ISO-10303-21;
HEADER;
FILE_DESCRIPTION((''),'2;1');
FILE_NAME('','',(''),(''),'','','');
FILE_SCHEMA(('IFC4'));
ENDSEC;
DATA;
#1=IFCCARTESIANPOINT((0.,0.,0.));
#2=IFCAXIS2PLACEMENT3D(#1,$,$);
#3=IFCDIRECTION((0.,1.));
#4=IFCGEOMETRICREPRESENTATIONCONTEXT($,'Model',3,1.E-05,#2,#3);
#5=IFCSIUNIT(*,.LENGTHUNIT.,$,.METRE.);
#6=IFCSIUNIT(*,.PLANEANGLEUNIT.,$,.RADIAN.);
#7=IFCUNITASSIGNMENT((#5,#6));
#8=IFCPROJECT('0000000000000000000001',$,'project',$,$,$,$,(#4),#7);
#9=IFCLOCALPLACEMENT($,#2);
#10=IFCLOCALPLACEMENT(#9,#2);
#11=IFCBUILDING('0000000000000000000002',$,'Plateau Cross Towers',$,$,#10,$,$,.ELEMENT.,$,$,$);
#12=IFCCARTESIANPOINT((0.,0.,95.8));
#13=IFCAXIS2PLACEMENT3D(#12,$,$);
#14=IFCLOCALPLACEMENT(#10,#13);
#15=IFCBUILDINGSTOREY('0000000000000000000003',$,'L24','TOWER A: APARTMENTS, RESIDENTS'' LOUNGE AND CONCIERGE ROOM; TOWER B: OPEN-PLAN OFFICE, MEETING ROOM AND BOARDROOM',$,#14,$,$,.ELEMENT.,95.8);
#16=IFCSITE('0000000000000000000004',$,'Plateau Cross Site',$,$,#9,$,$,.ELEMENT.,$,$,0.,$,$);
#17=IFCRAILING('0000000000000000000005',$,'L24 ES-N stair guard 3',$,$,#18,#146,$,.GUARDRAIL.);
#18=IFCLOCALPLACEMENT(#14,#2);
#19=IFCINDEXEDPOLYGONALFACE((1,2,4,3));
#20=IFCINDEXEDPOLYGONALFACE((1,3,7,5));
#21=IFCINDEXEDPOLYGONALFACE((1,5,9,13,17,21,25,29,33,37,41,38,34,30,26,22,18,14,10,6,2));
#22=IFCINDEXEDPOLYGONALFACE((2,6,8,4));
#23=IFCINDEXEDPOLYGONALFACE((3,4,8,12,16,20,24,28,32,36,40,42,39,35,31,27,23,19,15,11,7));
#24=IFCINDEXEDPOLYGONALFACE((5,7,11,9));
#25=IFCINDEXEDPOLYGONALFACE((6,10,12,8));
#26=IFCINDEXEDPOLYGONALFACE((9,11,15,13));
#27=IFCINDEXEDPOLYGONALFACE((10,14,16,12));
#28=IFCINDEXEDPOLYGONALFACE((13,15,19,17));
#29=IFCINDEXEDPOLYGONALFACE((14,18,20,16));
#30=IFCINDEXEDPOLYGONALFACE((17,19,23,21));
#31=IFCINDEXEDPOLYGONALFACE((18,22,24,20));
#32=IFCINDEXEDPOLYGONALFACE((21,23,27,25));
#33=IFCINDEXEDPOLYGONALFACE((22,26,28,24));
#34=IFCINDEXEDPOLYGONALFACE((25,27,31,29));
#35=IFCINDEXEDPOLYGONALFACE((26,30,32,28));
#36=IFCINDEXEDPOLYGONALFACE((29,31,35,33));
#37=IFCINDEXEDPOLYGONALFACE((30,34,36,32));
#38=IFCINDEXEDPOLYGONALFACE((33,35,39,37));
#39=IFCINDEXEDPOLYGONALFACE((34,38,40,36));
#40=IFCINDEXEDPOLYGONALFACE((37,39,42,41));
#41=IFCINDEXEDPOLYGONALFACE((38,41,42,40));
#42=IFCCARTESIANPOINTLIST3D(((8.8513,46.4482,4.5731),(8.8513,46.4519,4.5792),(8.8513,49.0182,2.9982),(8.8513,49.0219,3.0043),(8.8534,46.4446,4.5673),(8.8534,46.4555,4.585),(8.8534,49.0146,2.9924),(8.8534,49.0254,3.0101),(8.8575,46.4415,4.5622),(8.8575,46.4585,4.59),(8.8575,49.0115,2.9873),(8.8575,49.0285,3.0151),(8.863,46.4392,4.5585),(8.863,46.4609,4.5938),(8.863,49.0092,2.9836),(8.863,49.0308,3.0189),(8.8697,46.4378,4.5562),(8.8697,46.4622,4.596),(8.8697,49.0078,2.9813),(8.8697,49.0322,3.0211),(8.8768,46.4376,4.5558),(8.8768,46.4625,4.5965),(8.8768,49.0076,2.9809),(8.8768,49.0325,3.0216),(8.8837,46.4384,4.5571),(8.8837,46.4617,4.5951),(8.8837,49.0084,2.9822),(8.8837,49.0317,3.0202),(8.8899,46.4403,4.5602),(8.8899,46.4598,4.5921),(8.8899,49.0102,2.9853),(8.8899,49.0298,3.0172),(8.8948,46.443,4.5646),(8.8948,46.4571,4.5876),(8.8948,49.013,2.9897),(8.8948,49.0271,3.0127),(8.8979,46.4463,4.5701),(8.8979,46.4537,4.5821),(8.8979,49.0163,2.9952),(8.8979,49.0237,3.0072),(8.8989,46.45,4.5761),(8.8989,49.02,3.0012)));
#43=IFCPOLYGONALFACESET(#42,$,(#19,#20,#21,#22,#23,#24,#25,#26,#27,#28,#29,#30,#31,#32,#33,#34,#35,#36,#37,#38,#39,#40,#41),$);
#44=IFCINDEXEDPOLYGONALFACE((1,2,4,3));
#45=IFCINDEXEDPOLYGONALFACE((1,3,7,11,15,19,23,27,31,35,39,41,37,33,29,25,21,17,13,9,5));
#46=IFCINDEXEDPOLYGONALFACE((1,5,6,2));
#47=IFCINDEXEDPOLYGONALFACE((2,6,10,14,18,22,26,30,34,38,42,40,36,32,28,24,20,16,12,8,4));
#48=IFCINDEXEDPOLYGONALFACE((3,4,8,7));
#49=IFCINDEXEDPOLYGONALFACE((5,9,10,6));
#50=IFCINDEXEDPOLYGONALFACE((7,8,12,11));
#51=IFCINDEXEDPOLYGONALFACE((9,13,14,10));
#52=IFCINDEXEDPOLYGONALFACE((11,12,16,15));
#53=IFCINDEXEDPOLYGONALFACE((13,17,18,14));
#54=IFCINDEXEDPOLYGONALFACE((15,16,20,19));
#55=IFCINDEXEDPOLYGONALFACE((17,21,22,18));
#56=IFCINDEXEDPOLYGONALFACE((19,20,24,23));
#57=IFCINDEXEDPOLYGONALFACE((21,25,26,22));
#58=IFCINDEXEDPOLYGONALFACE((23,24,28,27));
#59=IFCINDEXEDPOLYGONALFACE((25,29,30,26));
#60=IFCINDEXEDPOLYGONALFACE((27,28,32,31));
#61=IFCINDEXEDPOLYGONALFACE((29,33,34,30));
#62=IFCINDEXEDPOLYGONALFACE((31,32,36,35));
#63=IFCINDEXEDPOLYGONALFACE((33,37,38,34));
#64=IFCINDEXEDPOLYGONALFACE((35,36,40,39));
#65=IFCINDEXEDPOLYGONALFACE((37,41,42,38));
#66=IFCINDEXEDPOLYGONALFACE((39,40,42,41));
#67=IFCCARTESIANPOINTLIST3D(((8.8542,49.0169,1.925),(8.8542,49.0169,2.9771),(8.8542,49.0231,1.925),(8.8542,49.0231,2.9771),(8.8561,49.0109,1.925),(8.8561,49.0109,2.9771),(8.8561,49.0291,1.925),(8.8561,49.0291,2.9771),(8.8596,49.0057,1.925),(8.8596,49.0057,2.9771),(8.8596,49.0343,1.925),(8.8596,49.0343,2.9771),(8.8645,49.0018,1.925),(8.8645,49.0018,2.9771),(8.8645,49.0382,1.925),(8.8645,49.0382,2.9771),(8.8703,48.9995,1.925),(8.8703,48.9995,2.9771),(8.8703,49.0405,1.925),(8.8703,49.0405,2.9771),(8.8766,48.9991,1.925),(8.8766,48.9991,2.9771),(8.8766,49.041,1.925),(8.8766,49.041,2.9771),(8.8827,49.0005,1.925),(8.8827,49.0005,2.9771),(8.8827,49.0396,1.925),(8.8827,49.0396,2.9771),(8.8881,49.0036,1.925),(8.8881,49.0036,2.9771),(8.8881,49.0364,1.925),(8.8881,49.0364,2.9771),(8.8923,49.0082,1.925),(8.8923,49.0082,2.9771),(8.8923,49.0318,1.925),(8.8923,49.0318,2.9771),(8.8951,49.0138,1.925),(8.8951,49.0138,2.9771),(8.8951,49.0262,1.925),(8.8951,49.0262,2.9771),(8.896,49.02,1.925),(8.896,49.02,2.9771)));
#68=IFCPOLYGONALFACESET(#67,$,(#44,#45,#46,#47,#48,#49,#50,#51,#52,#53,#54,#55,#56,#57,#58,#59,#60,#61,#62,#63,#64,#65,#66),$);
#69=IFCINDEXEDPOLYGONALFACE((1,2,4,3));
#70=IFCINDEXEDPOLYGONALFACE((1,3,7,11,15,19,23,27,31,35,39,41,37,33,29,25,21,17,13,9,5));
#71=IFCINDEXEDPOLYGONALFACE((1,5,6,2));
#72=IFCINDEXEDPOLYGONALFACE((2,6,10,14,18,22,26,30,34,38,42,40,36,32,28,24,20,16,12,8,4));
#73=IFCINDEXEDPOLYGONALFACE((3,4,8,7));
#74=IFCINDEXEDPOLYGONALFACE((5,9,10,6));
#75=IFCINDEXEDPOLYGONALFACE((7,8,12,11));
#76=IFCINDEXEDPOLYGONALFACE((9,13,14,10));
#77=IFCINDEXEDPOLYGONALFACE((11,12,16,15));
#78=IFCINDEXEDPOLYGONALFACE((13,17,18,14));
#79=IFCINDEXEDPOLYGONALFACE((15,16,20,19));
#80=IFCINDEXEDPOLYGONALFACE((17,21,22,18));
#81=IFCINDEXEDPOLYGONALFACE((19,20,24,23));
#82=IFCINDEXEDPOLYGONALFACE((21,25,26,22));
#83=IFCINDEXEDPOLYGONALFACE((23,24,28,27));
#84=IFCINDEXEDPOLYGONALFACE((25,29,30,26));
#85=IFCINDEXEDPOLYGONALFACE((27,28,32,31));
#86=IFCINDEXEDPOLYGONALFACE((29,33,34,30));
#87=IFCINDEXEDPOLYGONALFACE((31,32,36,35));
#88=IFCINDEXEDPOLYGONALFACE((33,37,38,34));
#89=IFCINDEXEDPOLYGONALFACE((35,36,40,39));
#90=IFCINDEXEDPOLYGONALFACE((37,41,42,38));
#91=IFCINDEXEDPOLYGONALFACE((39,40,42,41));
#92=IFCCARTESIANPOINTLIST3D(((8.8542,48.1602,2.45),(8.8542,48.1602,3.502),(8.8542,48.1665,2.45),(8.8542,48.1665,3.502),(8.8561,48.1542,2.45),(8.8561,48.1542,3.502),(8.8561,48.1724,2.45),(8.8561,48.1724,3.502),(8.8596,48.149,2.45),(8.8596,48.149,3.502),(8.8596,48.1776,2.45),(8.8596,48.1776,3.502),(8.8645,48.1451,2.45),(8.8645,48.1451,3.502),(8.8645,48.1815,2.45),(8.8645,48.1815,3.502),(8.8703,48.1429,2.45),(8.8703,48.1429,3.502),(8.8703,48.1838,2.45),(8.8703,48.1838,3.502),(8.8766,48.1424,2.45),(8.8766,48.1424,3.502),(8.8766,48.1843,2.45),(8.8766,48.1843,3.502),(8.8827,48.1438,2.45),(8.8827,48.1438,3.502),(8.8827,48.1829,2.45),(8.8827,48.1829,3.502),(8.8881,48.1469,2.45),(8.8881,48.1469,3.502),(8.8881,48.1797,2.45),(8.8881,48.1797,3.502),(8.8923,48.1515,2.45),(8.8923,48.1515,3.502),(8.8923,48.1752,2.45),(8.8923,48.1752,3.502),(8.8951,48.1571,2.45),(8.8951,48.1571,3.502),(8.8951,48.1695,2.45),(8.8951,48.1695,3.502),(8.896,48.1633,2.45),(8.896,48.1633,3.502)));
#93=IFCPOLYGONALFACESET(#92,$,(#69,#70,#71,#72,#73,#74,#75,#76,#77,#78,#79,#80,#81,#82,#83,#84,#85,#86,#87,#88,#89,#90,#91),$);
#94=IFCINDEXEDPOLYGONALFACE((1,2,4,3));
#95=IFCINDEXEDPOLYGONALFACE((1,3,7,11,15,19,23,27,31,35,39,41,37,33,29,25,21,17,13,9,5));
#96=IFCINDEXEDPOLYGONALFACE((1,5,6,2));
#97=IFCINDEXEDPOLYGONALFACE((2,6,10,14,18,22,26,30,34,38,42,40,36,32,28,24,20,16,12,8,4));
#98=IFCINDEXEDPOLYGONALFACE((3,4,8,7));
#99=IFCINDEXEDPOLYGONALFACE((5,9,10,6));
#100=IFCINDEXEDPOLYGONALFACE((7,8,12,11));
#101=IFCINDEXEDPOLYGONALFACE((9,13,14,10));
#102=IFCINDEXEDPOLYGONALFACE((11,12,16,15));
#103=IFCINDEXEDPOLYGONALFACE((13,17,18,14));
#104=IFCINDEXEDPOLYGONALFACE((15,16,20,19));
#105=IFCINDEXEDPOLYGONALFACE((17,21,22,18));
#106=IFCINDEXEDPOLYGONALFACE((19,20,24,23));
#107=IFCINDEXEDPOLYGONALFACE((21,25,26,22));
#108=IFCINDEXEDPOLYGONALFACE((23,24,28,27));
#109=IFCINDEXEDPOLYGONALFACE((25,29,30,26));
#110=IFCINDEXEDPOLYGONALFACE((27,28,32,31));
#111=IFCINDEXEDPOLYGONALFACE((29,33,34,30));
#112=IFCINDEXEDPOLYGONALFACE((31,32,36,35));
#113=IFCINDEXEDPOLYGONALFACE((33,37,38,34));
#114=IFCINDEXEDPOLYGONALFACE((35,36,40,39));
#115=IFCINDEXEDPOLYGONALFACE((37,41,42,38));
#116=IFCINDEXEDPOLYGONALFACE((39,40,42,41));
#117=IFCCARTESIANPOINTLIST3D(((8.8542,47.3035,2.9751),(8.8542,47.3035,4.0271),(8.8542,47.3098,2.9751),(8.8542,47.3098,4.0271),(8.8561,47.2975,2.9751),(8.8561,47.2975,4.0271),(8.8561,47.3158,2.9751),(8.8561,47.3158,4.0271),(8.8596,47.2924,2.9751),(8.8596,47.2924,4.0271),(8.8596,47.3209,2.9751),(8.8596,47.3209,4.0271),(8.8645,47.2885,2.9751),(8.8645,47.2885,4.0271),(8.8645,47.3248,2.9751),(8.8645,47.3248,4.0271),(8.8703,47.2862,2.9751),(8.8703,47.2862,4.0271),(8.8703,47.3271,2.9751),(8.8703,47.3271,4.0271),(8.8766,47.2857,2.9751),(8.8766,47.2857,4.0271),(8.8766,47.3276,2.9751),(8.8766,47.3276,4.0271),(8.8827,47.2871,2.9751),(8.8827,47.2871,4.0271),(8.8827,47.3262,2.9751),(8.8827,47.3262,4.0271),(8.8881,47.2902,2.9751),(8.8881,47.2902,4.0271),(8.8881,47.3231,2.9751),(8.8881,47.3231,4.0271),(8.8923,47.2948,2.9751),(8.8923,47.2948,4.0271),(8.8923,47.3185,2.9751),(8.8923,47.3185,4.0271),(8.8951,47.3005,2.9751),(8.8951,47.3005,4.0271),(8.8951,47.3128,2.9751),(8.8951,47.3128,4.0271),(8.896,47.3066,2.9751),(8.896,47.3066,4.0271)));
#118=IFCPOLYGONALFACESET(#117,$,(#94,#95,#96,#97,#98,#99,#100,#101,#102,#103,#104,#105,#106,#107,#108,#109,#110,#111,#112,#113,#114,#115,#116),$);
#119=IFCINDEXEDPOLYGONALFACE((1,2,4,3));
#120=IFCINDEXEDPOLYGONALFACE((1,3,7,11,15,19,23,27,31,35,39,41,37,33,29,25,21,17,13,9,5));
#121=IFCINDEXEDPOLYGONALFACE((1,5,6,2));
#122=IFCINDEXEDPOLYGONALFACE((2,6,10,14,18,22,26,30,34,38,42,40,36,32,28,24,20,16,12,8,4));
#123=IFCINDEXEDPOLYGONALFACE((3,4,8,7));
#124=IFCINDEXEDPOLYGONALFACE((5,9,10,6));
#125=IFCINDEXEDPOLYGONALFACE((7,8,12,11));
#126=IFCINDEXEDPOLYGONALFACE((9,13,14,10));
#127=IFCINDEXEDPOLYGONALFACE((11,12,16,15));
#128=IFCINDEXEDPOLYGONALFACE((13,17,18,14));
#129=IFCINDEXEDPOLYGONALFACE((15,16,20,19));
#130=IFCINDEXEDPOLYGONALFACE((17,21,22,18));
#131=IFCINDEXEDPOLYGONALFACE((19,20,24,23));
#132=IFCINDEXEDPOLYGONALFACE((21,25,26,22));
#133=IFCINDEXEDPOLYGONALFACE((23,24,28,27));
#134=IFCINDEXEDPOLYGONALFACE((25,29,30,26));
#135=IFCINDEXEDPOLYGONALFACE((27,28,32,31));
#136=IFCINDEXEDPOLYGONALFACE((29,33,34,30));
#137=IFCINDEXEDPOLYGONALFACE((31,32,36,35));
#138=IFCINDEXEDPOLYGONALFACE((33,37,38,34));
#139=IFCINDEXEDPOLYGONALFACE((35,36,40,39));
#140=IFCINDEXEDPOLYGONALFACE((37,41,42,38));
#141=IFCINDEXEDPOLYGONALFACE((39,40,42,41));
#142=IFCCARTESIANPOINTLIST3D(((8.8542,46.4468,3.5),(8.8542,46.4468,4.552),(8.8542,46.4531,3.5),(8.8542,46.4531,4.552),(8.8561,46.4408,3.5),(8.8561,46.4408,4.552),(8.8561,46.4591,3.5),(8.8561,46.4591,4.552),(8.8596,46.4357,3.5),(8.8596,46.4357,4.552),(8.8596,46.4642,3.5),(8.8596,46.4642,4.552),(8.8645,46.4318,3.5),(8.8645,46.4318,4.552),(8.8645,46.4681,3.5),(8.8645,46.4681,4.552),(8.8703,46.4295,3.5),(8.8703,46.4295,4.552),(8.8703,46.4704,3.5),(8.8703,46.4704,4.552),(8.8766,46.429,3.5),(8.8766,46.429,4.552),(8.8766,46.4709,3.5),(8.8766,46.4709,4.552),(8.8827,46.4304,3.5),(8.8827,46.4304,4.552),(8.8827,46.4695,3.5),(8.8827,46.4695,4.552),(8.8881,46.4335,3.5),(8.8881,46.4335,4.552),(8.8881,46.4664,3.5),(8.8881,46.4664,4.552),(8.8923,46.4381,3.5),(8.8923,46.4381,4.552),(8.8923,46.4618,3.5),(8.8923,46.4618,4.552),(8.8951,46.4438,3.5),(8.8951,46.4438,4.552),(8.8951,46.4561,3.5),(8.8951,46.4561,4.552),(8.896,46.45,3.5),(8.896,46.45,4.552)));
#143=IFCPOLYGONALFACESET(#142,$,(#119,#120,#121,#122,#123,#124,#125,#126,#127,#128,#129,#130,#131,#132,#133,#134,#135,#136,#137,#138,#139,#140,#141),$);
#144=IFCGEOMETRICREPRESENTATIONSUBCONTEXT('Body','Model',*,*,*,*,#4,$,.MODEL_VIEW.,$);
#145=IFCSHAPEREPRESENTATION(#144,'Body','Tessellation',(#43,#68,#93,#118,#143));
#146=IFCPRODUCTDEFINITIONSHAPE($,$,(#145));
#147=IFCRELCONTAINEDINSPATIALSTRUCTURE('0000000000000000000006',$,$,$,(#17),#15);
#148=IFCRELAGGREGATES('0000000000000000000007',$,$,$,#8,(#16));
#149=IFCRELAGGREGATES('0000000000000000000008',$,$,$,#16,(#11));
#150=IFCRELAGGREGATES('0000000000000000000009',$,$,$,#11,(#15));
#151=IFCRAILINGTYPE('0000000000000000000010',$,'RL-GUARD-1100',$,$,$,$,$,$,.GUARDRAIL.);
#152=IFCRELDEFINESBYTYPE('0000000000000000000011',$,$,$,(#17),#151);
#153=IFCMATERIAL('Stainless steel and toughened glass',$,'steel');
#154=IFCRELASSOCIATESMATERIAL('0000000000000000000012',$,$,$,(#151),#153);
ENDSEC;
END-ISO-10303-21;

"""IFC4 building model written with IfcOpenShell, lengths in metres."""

from ifc_helpers import new_model, si_unit, direction, frame, origin, origin_2d, place, context, subcontext, project, spatial, circle, extrude, material, type_object, element, save


model = new_model("IFC4")

# Units and contexts
model_context = context("Model", 3, precision=1e-05, world=origin(), true_north=direction((0.0, 1.0)))
body_context = subcontext(model_context, "Body", "Model", "MODEL_VIEW")
ifc_project = project(units=[si_unit("LENGTHUNIT", "METRE"), si_unit("PLANEANGLEUNIT", "RADIAN")], contexts=[model_context])

# Site, building, storey
site_placement = place(None, origin())
site = spatial("IfcSite", under=ifc_project, at=site_placement, Name="Plateau Cross Site", CompositionType="ELEMENT", RefElevation=0.0)
building_placement = place(site_placement, origin())
building = spatial("IfcBuilding", under=site, at=building_placement, Name="Plateau Cross Towers", CompositionType="ELEMENT")
storey_placement = place(building_placement, frame((0.0, 0.0, 95.8)))
storey = spatial("IfcBuildingStorey", under=building, at=storey_placement, Name="L24", Description="TOWER A: APARTMENTS, RESIDENTS' LOUNGE AND CONCIERGE ROOM; TOWER B: OPEN-PLAN OFFICE, MEETING ROOM AND BOARDROOM", CompositionType="ELEMENT", Elevation=95.8)

# Railing
ifc_material_1 = material(Name="Stainless steel and toughened glass", Category="steel")
railing_type_1 = type_object("IfcRailingType", Name="RL-GUARD-1100", PredefinedType="GUARDRAIL", material=ifc_material_1)
railing_1_placement = place(storey_placement, frame((8.875, 49.02, 1.925)))
element("IfcRailing", 1, at=railing_1_placement, inside=storey, type_object=railing_type_1, Name="L24 ES-N stair guard 3", PredefinedType="GUARDRAIL", context=body_context, shape_type="SweptSolid", body=[
    extrude(circle(Radius=0.0239, at=origin_2d()), frame((0.0, 0.0, 1.0762), z_axis=(0.0, -0.852639, 0.522501), x_axis=(1.0, 0.0, 0.0)), (0.0, 0.0, 1.0), 3.0142),
    extrude(circle(Radius=0.021, at=origin_2d()), origin(), (0.0, 0.0, 1.0), 1.052),
    extrude(circle(Radius=0.021, at=origin_2d()), frame((0.0, -0.8567, 0.5249)), (0.0, 0.0, 1.0), 1.052),
    extrude(circle(Radius=0.021, at=origin_2d()), frame((0.0, -1.7134, 1.05)), (0.0, 0.0, 1.0), 1.052),
    extrude(circle(Radius=0.021, at=origin_2d()), frame((0.0, -2.5701, 1.575)), (0.0, 0.0, 1.0), 1.052),
])

save(model, "model.ifc")
